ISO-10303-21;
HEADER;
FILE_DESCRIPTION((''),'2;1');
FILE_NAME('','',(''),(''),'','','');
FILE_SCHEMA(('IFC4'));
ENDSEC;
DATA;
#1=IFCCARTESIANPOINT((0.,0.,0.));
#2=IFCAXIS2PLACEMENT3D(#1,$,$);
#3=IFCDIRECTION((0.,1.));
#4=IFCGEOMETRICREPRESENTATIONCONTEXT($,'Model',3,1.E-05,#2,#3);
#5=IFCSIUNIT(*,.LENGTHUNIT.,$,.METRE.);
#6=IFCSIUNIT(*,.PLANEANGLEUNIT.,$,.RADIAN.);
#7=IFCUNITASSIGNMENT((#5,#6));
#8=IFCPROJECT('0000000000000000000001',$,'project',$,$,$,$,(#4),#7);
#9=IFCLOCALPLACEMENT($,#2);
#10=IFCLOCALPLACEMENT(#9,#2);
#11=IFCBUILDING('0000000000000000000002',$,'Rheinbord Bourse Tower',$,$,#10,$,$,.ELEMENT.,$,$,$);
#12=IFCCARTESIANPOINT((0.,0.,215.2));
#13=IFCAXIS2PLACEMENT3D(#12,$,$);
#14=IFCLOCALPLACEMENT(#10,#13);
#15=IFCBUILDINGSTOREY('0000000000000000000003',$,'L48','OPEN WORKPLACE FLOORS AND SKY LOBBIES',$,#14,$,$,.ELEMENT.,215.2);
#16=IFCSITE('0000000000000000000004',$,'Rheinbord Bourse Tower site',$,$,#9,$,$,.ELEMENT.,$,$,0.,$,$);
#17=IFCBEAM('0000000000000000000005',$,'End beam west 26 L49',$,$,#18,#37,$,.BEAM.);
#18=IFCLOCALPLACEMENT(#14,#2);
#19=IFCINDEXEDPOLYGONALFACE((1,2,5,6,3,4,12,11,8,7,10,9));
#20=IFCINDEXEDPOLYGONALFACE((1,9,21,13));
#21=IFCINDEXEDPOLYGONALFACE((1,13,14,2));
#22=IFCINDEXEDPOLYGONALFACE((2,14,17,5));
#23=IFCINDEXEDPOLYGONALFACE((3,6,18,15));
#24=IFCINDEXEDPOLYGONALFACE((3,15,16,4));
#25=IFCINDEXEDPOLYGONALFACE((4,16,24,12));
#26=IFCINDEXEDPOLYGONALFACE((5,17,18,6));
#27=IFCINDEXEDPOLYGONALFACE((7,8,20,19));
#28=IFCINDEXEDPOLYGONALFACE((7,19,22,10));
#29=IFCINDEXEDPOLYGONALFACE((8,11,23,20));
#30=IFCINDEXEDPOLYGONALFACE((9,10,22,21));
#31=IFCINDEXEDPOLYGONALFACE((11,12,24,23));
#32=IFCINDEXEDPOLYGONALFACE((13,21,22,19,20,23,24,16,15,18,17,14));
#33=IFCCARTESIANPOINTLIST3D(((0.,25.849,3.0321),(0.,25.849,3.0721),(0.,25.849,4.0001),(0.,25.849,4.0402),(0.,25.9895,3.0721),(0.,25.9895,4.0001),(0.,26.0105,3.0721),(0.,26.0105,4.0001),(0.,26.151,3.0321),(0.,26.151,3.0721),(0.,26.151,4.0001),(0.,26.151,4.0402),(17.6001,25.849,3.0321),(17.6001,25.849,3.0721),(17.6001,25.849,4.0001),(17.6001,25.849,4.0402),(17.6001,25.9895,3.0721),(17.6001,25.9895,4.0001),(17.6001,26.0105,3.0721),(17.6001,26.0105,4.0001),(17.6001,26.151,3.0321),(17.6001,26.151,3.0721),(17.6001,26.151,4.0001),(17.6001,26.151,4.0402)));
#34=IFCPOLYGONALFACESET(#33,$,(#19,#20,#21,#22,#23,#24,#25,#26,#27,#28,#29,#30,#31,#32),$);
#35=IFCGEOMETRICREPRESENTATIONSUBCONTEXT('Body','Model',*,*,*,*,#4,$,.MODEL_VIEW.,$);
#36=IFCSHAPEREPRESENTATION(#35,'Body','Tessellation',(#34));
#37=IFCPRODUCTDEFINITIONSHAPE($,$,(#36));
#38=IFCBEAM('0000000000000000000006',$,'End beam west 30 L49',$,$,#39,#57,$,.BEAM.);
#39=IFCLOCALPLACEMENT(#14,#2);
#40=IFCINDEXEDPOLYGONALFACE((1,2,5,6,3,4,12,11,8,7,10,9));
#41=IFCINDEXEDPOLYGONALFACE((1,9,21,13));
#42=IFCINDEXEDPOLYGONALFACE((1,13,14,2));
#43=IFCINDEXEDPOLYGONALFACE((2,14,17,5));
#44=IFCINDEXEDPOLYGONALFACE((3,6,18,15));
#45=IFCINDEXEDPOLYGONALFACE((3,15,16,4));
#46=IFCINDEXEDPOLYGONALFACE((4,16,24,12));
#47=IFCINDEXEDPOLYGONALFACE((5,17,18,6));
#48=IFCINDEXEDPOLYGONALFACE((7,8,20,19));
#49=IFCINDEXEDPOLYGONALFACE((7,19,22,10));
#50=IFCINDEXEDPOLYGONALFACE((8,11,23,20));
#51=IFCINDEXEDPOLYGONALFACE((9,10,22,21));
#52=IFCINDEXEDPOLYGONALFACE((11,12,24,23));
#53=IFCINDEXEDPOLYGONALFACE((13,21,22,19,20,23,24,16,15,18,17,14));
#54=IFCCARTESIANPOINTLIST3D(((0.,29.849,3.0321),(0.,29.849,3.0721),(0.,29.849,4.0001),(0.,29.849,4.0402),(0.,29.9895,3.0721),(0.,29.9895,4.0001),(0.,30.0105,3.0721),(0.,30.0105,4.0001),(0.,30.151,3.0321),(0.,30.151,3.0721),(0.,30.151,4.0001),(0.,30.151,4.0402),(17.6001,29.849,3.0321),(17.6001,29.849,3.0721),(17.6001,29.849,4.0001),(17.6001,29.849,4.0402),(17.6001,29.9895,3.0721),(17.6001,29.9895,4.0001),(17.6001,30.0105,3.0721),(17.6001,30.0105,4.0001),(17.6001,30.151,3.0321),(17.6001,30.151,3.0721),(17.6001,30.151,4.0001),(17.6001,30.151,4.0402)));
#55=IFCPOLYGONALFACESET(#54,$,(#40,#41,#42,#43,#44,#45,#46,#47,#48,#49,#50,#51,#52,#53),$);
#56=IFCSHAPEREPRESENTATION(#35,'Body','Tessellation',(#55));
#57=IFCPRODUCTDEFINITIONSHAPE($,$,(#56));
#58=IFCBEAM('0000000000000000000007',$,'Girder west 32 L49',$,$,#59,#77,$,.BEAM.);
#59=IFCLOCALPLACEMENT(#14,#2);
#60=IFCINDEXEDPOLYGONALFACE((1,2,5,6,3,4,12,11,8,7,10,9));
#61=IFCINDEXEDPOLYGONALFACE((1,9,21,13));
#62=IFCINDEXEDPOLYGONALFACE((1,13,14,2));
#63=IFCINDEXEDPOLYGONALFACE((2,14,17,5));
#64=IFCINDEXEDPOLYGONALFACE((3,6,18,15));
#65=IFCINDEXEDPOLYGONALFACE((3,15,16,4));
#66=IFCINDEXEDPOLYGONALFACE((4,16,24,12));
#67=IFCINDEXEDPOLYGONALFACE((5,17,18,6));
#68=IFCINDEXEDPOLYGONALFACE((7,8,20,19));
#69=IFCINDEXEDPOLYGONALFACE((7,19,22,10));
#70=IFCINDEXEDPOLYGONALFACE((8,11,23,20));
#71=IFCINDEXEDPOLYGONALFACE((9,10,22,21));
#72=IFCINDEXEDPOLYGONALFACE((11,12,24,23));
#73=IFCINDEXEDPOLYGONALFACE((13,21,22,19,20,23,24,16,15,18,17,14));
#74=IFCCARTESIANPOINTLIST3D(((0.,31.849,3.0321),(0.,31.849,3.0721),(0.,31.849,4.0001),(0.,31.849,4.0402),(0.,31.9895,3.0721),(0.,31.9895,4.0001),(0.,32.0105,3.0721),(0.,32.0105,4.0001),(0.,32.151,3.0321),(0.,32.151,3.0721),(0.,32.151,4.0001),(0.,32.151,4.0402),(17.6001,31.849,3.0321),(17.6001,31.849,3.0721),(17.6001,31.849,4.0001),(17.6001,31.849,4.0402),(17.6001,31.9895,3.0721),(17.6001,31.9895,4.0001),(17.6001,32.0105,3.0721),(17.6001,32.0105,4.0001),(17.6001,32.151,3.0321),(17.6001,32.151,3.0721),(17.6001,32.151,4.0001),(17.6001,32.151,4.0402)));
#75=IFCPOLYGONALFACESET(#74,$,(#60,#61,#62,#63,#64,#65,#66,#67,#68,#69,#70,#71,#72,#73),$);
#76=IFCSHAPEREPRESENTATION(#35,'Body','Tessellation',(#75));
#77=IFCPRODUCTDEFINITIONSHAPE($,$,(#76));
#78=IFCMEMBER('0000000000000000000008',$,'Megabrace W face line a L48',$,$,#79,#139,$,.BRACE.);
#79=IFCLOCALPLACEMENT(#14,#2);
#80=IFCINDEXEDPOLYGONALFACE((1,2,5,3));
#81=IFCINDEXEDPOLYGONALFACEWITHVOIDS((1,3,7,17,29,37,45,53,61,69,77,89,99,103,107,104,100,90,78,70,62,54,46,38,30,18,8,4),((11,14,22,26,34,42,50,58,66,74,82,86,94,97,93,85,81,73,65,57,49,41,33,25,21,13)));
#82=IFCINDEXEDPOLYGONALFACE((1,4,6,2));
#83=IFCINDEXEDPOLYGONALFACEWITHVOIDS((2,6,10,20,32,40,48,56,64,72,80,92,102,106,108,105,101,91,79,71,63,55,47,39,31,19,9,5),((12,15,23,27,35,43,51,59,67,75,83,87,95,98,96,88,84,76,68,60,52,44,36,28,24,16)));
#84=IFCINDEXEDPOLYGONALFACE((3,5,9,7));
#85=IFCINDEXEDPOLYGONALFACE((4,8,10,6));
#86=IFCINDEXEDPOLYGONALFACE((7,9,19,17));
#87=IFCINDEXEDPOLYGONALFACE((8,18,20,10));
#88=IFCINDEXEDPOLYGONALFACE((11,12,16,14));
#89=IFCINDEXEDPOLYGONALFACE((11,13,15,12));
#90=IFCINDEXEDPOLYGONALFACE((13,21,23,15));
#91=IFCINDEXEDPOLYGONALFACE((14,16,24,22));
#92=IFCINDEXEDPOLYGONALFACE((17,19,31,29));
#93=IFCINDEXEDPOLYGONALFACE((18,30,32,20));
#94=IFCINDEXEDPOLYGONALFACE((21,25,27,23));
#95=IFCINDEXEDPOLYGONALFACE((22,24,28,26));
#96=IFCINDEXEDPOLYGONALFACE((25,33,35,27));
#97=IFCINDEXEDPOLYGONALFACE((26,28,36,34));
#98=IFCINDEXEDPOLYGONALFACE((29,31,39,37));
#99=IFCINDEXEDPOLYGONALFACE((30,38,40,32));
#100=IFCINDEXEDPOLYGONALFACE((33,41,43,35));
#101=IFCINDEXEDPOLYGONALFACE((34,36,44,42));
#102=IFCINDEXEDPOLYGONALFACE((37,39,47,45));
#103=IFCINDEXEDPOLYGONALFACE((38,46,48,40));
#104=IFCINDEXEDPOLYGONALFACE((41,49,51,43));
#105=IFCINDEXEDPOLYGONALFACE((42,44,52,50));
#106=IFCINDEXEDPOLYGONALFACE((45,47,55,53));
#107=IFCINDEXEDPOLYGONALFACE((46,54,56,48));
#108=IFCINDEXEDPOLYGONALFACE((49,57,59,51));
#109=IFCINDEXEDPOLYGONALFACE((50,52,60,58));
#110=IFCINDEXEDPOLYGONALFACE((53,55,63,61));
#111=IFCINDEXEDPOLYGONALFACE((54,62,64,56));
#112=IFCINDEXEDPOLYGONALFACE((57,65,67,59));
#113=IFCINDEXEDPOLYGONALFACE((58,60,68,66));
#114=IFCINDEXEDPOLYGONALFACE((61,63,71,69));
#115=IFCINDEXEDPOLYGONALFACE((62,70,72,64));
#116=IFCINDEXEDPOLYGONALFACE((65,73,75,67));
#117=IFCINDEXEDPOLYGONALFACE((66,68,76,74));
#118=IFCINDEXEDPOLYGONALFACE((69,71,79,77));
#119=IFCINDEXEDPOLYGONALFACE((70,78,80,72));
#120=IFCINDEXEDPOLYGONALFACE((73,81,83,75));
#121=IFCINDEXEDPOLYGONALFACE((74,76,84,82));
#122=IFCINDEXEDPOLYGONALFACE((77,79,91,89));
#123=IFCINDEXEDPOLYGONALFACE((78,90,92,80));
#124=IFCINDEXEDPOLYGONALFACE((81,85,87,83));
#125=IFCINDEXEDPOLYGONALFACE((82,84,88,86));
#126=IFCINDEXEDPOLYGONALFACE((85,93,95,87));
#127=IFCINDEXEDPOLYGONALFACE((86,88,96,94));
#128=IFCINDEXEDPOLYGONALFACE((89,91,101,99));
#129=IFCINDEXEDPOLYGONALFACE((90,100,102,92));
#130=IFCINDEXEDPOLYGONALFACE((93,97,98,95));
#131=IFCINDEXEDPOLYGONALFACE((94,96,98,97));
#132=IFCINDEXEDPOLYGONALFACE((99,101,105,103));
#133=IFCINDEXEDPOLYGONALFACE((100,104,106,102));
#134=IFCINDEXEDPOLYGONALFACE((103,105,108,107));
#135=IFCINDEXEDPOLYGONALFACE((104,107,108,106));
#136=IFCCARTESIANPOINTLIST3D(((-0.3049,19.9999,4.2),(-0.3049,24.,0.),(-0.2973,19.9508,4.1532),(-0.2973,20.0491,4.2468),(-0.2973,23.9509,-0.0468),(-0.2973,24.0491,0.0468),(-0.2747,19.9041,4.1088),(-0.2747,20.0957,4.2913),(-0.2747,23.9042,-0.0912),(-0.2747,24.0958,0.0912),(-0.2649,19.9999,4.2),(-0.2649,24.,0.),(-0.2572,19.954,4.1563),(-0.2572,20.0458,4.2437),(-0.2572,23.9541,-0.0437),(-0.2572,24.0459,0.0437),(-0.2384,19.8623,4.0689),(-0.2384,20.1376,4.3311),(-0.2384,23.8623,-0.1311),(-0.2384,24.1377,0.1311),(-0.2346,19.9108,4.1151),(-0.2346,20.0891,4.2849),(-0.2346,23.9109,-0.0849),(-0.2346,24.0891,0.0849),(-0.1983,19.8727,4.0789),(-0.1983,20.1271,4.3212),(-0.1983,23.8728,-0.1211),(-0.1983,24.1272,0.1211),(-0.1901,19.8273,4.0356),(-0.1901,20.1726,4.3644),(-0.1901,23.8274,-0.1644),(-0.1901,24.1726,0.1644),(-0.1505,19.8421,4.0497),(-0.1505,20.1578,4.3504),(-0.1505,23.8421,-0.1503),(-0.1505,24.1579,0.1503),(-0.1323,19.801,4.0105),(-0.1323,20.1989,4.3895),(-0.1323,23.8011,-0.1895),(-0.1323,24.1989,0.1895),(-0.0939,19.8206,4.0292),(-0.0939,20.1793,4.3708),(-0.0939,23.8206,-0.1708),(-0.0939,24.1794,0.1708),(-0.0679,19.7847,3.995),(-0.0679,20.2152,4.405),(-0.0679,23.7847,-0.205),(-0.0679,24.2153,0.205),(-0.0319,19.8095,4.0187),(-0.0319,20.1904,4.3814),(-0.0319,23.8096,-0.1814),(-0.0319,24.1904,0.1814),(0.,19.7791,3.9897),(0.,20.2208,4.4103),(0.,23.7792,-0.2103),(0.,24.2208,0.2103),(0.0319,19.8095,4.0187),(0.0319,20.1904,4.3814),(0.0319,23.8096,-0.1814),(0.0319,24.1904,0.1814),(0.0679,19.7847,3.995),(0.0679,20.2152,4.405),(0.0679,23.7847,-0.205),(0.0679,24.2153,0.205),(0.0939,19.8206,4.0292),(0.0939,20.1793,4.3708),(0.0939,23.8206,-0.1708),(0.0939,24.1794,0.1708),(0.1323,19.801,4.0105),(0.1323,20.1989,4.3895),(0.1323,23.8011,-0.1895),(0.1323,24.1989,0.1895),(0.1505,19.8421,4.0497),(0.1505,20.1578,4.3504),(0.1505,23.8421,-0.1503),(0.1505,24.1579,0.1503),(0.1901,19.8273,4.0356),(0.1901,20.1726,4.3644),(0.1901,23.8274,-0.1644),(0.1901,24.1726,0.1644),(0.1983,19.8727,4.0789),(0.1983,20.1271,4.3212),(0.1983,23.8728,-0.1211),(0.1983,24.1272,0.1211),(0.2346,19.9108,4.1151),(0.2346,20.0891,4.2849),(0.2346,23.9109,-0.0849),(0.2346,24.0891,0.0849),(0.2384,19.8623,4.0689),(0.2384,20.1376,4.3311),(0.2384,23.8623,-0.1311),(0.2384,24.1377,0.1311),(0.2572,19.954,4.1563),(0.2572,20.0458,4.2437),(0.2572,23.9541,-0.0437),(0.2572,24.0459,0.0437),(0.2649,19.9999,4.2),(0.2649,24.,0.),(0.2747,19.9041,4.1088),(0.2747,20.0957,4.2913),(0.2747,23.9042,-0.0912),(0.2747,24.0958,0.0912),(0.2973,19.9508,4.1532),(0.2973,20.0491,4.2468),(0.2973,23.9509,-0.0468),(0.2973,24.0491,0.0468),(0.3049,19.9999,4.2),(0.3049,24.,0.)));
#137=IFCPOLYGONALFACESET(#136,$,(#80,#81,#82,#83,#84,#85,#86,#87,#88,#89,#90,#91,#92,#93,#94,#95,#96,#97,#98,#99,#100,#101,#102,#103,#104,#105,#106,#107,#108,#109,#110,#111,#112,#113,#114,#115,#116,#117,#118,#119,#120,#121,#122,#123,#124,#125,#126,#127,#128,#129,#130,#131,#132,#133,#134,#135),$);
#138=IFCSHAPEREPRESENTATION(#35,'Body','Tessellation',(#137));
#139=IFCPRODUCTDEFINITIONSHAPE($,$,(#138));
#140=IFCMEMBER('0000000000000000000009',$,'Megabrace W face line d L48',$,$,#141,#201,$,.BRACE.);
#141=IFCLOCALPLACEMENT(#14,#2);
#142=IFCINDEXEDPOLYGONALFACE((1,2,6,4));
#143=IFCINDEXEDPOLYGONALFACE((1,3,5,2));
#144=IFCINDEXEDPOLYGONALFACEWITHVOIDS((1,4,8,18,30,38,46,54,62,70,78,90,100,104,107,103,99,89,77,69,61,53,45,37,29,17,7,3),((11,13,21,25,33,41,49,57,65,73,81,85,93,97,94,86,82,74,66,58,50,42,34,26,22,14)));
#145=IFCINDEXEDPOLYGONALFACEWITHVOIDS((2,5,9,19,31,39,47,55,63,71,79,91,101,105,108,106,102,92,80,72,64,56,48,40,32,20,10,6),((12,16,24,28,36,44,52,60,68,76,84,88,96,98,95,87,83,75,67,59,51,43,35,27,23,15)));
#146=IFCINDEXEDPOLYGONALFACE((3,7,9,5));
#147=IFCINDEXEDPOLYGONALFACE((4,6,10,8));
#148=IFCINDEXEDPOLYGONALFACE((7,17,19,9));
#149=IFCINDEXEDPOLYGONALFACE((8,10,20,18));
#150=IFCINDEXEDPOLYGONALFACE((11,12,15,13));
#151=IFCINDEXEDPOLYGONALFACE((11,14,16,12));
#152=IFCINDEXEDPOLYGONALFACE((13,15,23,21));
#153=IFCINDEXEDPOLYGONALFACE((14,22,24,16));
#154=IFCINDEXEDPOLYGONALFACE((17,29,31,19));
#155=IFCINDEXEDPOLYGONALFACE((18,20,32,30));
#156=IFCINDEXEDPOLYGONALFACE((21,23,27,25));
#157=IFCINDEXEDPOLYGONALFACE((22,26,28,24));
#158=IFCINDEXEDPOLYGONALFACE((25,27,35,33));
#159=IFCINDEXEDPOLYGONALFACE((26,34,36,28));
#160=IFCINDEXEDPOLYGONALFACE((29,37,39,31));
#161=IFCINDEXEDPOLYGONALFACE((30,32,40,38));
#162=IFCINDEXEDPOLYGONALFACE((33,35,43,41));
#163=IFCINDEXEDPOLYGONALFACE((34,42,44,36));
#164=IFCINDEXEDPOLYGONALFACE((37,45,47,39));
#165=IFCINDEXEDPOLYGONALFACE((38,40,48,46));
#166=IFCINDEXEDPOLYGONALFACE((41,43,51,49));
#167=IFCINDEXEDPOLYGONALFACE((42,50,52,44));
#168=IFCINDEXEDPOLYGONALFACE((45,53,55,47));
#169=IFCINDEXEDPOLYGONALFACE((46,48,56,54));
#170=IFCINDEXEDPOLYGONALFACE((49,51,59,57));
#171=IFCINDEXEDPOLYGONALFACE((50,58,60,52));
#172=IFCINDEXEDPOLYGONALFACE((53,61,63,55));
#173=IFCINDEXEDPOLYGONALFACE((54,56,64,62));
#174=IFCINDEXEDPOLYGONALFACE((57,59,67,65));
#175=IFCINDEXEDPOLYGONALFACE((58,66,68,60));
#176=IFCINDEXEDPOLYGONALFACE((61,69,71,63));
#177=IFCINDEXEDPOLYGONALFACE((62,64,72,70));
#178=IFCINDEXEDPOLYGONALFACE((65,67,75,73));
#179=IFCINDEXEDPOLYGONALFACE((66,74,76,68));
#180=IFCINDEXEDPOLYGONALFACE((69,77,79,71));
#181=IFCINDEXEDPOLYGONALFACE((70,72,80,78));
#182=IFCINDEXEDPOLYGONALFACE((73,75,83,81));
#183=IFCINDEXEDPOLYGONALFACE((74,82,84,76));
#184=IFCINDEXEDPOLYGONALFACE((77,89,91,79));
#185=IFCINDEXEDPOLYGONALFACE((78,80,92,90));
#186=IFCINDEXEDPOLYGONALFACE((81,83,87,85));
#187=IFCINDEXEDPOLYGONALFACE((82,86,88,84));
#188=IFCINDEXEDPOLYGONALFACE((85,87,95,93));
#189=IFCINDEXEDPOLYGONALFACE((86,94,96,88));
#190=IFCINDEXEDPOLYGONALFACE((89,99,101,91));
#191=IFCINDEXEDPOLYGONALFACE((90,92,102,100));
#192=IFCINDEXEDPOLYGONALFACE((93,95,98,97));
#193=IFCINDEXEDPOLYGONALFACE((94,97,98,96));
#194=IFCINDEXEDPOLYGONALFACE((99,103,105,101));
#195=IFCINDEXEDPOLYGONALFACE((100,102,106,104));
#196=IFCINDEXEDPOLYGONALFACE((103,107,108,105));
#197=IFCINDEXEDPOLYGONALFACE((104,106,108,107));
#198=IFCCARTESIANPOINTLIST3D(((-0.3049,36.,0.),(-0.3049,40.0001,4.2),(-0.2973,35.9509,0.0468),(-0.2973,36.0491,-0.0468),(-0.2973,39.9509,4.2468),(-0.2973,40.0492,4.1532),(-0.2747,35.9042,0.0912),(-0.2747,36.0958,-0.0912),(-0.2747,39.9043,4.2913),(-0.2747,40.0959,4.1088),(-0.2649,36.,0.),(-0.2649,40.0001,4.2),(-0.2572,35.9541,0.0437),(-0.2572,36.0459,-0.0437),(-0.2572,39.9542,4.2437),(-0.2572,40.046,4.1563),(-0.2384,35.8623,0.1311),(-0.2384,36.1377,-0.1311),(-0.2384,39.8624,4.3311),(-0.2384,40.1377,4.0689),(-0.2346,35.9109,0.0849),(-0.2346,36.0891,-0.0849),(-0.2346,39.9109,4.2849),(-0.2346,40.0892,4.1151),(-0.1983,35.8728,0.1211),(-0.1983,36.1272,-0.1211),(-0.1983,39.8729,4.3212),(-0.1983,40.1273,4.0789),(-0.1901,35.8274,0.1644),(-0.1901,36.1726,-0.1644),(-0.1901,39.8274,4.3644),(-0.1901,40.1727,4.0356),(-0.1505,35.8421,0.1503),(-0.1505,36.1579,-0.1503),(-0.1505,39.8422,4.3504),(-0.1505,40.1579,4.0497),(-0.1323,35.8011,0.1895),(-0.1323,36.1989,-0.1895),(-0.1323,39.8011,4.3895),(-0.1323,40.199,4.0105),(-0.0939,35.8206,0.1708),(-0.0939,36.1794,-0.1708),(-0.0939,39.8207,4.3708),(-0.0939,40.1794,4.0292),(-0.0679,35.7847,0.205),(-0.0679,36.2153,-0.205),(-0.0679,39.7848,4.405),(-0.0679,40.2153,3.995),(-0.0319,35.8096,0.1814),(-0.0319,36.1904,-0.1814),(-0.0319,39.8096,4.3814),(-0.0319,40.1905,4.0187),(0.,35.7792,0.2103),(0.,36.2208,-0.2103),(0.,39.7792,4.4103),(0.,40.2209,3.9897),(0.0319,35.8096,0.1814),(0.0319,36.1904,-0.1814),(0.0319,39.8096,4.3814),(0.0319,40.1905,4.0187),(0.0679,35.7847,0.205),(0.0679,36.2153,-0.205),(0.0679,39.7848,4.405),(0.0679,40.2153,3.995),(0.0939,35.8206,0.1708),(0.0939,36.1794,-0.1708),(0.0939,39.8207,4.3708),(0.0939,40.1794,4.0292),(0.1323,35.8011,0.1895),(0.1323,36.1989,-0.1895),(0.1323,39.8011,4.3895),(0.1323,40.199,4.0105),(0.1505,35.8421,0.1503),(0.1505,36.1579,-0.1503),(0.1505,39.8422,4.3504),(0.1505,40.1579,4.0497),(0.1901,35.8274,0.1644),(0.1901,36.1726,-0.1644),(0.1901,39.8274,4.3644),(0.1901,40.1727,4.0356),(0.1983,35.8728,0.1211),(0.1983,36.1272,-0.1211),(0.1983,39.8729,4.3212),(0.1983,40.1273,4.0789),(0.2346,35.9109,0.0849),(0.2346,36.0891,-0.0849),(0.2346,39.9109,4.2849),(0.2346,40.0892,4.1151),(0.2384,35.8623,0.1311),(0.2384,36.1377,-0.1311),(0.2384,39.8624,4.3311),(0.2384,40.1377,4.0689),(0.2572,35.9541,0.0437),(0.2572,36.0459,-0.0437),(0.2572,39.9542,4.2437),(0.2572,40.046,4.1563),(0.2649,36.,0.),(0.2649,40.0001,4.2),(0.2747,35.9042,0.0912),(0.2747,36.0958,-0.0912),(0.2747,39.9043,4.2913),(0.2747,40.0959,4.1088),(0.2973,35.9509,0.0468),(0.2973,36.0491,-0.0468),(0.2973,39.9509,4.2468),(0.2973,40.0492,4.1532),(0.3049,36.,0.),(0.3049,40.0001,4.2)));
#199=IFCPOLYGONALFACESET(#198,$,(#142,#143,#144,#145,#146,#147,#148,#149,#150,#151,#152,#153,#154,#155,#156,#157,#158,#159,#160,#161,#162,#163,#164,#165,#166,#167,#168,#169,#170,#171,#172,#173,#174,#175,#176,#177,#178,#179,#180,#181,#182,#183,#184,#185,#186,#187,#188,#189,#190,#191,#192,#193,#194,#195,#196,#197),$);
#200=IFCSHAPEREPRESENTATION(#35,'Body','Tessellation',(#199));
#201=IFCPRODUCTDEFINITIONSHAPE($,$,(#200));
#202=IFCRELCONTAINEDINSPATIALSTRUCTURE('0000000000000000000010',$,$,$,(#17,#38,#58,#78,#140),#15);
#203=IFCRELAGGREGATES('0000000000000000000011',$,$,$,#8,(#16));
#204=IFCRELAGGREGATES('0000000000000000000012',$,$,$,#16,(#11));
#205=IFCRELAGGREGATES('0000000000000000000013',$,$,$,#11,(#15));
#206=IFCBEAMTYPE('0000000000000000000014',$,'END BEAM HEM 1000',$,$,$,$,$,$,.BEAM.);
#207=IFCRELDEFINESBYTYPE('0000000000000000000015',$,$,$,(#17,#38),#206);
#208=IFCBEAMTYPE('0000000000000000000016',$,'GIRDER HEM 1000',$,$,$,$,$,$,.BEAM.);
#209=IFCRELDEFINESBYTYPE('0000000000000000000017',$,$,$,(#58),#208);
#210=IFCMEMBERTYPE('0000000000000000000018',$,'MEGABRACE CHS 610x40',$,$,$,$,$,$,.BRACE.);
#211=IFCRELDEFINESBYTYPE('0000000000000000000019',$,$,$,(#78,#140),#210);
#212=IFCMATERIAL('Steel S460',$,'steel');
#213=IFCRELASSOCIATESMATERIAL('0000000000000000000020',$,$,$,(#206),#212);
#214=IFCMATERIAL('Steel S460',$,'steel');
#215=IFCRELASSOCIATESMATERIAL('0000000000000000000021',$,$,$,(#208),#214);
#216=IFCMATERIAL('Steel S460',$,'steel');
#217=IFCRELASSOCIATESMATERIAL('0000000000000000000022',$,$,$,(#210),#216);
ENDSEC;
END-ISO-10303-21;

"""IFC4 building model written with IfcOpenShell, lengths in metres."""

from ifc_helpers import new_model, si_unit, direction, frame, origin, origin_2d, place, context, subcontext, project, spatial, hollow_circle, i_section, extrude, material, material_profile, profile_set, type_object, element, save


model = new_model("IFC4")

# Units and contexts
model_context = context("Model", 3, precision=1e-05, world=origin(), true_north=direction((0.0, 1.0)))
body_context = subcontext(model_context, "Body", "Model", "MODEL_VIEW")
ifc_project = project(units=[si_unit("LENGTHUNIT", "METRE"), si_unit("PLANEANGLEUNIT", "RADIAN")], contexts=[model_context])

# Site, building, storey
site_placement = place(None, origin())
site = spatial("IfcSite", under=ifc_project, at=site_placement, Name="Rheinbord Bourse Tower site", CompositionType="ELEMENT", RefElevation=0.0)
building_placement = place(site_placement, origin())
building = spatial("IfcBuilding", under=site, at=building_placement, Name="Rheinbord Bourse Tower", CompositionType="ELEMENT")
storey_placement = place(building_placement, frame((0.0, 0.0, 215.2)))
storey = spatial("IfcBuildingStorey", under=building, at=storey_placement, Name="L48", Description="OPEN WORKPLACE FLOORS AND SKY LOBBIES", CompositionType="ELEMENT", Elevation=215.2)

# Beams
ifc_material_1 = material(Name="Steel S460", Category="steel")
ifc_material_profile_1 = material_profile(ifc_material_1, i_section(OverallWidth=0.302, OverallDepth=1.0081, WebThickness=0.021, FlangeThickness=0.04, at=origin_2d()), Name="HEM 1000")
ifc_profile_set_1 = profile_set([ifc_material_profile_1], Name="Steel S460")
beam_type_1 = type_object("IfcBeamType", Name="END BEAM HEM 1000", PredefinedType="BEAM", material=ifc_profile_set_1)
for number, where, z_axis, x_axis, name in (
    (1, (0.0, 26.0, 3.5361), (1.0, 0.0, 0.0), (0.0, 1.0, 0.0), "End beam west 26 L49"),
    (2, (0.0, 30.0, 3.5361), (1.0, 0.0, 0.0), (0.0, 1.0, 0.0), "End beam west 30 L49"),
):
    element("IfcBeam", number, at=place(storey_placement, frame(where, z_axis=z_axis, x_axis=x_axis)), inside=storey, type_object=beam_type_1, Name=name, PredefinedType="BEAM", context=body_context, shape_type="SweptSolid", body=[
        extrude(i_section(OverallWidth=0.302, OverallDepth=1.0081, WebThickness=0.021, FlangeThickness=0.04, at=origin_2d()), origin(), (0.0, 0.0, 1.0), 17.6001),
    ])
ifc_material_2 = material(Name="Steel S460", Category="steel")
ifc_material_profile_2 = material_profile(ifc_material_2, i_section(OverallWidth=0.302, OverallDepth=1.0081, WebThickness=0.021, FlangeThickness=0.04, at=origin_2d()), Name="HEM 1000")
ifc_profile_set_2 = profile_set([ifc_material_profile_2], Name="Steel S460")
beam_type_2 = type_object("IfcBeamType", Name="GIRDER HEM 1000", PredefinedType="BEAM", material=ifc_profile_set_2)
beam_placement = place(storey_placement, frame((0.0, 32.0, 3.5361), z_axis=(1.0, 0.0, 0.0), x_axis=(0.0, 1.0, 0.0)))
element("IfcBeam", 3, at=beam_placement, inside=storey, type_object=beam_type_2, Name="Girder west 32 L49", PredefinedType="BEAM", context=body_context, shape_type="SweptSolid", body=[
    extrude(i_section(OverallWidth=0.302, OverallDepth=1.0081, WebThickness=0.021, FlangeThickness=0.04, at=origin_2d()), origin(), (0.0, 0.0, 1.0), 17.6001),
])

# Members
ifc_material_3 = material(Name="Steel S460", Category="steel")
ifc_material_profile_3 = material_profile(ifc_material_3, hollow_circle(Radius=0.3049, WallThickness=0.04, at=origin_2d()), Name="CHS 610x40")
ifc_profile_set_3 = profile_set([ifc_material_profile_3], Name="Steel S460")
member_type_1 = type_object("IfcMemberType", Name="MEGABRACE CHS 610x40", PredefinedType="BRACE", material=ifc_profile_set_3)
for number, where, z_axis, x_axis, name in (
    (4, (0.0, 24.0, 0.0), (0.0, -0.689659, 0.724134), (1.0, 0.0, 0.0), "Megabrace W face line a L48"),
    (5, (0.0, 36.0, 0.0), (0.0, 0.689659, 0.724134), (-1.0, 0.0, 0.0), "Megabrace W face line d L48"),
):
    element("IfcMember", number, at=place(storey_placement, frame(where, z_axis=z_axis, x_axis=x_axis)), inside=storey, type_object=member_type_1, Name=name, PredefinedType="BRACE", context=body_context, shape_type="SweptSolid", body=[
        extrude(hollow_circle(Radius=0.3049, WallThickness=0.04, at=origin_2d()), origin(), (0.0, 0.0, 1.0), 5.8),
    ])

save(model, "model.ifc")
